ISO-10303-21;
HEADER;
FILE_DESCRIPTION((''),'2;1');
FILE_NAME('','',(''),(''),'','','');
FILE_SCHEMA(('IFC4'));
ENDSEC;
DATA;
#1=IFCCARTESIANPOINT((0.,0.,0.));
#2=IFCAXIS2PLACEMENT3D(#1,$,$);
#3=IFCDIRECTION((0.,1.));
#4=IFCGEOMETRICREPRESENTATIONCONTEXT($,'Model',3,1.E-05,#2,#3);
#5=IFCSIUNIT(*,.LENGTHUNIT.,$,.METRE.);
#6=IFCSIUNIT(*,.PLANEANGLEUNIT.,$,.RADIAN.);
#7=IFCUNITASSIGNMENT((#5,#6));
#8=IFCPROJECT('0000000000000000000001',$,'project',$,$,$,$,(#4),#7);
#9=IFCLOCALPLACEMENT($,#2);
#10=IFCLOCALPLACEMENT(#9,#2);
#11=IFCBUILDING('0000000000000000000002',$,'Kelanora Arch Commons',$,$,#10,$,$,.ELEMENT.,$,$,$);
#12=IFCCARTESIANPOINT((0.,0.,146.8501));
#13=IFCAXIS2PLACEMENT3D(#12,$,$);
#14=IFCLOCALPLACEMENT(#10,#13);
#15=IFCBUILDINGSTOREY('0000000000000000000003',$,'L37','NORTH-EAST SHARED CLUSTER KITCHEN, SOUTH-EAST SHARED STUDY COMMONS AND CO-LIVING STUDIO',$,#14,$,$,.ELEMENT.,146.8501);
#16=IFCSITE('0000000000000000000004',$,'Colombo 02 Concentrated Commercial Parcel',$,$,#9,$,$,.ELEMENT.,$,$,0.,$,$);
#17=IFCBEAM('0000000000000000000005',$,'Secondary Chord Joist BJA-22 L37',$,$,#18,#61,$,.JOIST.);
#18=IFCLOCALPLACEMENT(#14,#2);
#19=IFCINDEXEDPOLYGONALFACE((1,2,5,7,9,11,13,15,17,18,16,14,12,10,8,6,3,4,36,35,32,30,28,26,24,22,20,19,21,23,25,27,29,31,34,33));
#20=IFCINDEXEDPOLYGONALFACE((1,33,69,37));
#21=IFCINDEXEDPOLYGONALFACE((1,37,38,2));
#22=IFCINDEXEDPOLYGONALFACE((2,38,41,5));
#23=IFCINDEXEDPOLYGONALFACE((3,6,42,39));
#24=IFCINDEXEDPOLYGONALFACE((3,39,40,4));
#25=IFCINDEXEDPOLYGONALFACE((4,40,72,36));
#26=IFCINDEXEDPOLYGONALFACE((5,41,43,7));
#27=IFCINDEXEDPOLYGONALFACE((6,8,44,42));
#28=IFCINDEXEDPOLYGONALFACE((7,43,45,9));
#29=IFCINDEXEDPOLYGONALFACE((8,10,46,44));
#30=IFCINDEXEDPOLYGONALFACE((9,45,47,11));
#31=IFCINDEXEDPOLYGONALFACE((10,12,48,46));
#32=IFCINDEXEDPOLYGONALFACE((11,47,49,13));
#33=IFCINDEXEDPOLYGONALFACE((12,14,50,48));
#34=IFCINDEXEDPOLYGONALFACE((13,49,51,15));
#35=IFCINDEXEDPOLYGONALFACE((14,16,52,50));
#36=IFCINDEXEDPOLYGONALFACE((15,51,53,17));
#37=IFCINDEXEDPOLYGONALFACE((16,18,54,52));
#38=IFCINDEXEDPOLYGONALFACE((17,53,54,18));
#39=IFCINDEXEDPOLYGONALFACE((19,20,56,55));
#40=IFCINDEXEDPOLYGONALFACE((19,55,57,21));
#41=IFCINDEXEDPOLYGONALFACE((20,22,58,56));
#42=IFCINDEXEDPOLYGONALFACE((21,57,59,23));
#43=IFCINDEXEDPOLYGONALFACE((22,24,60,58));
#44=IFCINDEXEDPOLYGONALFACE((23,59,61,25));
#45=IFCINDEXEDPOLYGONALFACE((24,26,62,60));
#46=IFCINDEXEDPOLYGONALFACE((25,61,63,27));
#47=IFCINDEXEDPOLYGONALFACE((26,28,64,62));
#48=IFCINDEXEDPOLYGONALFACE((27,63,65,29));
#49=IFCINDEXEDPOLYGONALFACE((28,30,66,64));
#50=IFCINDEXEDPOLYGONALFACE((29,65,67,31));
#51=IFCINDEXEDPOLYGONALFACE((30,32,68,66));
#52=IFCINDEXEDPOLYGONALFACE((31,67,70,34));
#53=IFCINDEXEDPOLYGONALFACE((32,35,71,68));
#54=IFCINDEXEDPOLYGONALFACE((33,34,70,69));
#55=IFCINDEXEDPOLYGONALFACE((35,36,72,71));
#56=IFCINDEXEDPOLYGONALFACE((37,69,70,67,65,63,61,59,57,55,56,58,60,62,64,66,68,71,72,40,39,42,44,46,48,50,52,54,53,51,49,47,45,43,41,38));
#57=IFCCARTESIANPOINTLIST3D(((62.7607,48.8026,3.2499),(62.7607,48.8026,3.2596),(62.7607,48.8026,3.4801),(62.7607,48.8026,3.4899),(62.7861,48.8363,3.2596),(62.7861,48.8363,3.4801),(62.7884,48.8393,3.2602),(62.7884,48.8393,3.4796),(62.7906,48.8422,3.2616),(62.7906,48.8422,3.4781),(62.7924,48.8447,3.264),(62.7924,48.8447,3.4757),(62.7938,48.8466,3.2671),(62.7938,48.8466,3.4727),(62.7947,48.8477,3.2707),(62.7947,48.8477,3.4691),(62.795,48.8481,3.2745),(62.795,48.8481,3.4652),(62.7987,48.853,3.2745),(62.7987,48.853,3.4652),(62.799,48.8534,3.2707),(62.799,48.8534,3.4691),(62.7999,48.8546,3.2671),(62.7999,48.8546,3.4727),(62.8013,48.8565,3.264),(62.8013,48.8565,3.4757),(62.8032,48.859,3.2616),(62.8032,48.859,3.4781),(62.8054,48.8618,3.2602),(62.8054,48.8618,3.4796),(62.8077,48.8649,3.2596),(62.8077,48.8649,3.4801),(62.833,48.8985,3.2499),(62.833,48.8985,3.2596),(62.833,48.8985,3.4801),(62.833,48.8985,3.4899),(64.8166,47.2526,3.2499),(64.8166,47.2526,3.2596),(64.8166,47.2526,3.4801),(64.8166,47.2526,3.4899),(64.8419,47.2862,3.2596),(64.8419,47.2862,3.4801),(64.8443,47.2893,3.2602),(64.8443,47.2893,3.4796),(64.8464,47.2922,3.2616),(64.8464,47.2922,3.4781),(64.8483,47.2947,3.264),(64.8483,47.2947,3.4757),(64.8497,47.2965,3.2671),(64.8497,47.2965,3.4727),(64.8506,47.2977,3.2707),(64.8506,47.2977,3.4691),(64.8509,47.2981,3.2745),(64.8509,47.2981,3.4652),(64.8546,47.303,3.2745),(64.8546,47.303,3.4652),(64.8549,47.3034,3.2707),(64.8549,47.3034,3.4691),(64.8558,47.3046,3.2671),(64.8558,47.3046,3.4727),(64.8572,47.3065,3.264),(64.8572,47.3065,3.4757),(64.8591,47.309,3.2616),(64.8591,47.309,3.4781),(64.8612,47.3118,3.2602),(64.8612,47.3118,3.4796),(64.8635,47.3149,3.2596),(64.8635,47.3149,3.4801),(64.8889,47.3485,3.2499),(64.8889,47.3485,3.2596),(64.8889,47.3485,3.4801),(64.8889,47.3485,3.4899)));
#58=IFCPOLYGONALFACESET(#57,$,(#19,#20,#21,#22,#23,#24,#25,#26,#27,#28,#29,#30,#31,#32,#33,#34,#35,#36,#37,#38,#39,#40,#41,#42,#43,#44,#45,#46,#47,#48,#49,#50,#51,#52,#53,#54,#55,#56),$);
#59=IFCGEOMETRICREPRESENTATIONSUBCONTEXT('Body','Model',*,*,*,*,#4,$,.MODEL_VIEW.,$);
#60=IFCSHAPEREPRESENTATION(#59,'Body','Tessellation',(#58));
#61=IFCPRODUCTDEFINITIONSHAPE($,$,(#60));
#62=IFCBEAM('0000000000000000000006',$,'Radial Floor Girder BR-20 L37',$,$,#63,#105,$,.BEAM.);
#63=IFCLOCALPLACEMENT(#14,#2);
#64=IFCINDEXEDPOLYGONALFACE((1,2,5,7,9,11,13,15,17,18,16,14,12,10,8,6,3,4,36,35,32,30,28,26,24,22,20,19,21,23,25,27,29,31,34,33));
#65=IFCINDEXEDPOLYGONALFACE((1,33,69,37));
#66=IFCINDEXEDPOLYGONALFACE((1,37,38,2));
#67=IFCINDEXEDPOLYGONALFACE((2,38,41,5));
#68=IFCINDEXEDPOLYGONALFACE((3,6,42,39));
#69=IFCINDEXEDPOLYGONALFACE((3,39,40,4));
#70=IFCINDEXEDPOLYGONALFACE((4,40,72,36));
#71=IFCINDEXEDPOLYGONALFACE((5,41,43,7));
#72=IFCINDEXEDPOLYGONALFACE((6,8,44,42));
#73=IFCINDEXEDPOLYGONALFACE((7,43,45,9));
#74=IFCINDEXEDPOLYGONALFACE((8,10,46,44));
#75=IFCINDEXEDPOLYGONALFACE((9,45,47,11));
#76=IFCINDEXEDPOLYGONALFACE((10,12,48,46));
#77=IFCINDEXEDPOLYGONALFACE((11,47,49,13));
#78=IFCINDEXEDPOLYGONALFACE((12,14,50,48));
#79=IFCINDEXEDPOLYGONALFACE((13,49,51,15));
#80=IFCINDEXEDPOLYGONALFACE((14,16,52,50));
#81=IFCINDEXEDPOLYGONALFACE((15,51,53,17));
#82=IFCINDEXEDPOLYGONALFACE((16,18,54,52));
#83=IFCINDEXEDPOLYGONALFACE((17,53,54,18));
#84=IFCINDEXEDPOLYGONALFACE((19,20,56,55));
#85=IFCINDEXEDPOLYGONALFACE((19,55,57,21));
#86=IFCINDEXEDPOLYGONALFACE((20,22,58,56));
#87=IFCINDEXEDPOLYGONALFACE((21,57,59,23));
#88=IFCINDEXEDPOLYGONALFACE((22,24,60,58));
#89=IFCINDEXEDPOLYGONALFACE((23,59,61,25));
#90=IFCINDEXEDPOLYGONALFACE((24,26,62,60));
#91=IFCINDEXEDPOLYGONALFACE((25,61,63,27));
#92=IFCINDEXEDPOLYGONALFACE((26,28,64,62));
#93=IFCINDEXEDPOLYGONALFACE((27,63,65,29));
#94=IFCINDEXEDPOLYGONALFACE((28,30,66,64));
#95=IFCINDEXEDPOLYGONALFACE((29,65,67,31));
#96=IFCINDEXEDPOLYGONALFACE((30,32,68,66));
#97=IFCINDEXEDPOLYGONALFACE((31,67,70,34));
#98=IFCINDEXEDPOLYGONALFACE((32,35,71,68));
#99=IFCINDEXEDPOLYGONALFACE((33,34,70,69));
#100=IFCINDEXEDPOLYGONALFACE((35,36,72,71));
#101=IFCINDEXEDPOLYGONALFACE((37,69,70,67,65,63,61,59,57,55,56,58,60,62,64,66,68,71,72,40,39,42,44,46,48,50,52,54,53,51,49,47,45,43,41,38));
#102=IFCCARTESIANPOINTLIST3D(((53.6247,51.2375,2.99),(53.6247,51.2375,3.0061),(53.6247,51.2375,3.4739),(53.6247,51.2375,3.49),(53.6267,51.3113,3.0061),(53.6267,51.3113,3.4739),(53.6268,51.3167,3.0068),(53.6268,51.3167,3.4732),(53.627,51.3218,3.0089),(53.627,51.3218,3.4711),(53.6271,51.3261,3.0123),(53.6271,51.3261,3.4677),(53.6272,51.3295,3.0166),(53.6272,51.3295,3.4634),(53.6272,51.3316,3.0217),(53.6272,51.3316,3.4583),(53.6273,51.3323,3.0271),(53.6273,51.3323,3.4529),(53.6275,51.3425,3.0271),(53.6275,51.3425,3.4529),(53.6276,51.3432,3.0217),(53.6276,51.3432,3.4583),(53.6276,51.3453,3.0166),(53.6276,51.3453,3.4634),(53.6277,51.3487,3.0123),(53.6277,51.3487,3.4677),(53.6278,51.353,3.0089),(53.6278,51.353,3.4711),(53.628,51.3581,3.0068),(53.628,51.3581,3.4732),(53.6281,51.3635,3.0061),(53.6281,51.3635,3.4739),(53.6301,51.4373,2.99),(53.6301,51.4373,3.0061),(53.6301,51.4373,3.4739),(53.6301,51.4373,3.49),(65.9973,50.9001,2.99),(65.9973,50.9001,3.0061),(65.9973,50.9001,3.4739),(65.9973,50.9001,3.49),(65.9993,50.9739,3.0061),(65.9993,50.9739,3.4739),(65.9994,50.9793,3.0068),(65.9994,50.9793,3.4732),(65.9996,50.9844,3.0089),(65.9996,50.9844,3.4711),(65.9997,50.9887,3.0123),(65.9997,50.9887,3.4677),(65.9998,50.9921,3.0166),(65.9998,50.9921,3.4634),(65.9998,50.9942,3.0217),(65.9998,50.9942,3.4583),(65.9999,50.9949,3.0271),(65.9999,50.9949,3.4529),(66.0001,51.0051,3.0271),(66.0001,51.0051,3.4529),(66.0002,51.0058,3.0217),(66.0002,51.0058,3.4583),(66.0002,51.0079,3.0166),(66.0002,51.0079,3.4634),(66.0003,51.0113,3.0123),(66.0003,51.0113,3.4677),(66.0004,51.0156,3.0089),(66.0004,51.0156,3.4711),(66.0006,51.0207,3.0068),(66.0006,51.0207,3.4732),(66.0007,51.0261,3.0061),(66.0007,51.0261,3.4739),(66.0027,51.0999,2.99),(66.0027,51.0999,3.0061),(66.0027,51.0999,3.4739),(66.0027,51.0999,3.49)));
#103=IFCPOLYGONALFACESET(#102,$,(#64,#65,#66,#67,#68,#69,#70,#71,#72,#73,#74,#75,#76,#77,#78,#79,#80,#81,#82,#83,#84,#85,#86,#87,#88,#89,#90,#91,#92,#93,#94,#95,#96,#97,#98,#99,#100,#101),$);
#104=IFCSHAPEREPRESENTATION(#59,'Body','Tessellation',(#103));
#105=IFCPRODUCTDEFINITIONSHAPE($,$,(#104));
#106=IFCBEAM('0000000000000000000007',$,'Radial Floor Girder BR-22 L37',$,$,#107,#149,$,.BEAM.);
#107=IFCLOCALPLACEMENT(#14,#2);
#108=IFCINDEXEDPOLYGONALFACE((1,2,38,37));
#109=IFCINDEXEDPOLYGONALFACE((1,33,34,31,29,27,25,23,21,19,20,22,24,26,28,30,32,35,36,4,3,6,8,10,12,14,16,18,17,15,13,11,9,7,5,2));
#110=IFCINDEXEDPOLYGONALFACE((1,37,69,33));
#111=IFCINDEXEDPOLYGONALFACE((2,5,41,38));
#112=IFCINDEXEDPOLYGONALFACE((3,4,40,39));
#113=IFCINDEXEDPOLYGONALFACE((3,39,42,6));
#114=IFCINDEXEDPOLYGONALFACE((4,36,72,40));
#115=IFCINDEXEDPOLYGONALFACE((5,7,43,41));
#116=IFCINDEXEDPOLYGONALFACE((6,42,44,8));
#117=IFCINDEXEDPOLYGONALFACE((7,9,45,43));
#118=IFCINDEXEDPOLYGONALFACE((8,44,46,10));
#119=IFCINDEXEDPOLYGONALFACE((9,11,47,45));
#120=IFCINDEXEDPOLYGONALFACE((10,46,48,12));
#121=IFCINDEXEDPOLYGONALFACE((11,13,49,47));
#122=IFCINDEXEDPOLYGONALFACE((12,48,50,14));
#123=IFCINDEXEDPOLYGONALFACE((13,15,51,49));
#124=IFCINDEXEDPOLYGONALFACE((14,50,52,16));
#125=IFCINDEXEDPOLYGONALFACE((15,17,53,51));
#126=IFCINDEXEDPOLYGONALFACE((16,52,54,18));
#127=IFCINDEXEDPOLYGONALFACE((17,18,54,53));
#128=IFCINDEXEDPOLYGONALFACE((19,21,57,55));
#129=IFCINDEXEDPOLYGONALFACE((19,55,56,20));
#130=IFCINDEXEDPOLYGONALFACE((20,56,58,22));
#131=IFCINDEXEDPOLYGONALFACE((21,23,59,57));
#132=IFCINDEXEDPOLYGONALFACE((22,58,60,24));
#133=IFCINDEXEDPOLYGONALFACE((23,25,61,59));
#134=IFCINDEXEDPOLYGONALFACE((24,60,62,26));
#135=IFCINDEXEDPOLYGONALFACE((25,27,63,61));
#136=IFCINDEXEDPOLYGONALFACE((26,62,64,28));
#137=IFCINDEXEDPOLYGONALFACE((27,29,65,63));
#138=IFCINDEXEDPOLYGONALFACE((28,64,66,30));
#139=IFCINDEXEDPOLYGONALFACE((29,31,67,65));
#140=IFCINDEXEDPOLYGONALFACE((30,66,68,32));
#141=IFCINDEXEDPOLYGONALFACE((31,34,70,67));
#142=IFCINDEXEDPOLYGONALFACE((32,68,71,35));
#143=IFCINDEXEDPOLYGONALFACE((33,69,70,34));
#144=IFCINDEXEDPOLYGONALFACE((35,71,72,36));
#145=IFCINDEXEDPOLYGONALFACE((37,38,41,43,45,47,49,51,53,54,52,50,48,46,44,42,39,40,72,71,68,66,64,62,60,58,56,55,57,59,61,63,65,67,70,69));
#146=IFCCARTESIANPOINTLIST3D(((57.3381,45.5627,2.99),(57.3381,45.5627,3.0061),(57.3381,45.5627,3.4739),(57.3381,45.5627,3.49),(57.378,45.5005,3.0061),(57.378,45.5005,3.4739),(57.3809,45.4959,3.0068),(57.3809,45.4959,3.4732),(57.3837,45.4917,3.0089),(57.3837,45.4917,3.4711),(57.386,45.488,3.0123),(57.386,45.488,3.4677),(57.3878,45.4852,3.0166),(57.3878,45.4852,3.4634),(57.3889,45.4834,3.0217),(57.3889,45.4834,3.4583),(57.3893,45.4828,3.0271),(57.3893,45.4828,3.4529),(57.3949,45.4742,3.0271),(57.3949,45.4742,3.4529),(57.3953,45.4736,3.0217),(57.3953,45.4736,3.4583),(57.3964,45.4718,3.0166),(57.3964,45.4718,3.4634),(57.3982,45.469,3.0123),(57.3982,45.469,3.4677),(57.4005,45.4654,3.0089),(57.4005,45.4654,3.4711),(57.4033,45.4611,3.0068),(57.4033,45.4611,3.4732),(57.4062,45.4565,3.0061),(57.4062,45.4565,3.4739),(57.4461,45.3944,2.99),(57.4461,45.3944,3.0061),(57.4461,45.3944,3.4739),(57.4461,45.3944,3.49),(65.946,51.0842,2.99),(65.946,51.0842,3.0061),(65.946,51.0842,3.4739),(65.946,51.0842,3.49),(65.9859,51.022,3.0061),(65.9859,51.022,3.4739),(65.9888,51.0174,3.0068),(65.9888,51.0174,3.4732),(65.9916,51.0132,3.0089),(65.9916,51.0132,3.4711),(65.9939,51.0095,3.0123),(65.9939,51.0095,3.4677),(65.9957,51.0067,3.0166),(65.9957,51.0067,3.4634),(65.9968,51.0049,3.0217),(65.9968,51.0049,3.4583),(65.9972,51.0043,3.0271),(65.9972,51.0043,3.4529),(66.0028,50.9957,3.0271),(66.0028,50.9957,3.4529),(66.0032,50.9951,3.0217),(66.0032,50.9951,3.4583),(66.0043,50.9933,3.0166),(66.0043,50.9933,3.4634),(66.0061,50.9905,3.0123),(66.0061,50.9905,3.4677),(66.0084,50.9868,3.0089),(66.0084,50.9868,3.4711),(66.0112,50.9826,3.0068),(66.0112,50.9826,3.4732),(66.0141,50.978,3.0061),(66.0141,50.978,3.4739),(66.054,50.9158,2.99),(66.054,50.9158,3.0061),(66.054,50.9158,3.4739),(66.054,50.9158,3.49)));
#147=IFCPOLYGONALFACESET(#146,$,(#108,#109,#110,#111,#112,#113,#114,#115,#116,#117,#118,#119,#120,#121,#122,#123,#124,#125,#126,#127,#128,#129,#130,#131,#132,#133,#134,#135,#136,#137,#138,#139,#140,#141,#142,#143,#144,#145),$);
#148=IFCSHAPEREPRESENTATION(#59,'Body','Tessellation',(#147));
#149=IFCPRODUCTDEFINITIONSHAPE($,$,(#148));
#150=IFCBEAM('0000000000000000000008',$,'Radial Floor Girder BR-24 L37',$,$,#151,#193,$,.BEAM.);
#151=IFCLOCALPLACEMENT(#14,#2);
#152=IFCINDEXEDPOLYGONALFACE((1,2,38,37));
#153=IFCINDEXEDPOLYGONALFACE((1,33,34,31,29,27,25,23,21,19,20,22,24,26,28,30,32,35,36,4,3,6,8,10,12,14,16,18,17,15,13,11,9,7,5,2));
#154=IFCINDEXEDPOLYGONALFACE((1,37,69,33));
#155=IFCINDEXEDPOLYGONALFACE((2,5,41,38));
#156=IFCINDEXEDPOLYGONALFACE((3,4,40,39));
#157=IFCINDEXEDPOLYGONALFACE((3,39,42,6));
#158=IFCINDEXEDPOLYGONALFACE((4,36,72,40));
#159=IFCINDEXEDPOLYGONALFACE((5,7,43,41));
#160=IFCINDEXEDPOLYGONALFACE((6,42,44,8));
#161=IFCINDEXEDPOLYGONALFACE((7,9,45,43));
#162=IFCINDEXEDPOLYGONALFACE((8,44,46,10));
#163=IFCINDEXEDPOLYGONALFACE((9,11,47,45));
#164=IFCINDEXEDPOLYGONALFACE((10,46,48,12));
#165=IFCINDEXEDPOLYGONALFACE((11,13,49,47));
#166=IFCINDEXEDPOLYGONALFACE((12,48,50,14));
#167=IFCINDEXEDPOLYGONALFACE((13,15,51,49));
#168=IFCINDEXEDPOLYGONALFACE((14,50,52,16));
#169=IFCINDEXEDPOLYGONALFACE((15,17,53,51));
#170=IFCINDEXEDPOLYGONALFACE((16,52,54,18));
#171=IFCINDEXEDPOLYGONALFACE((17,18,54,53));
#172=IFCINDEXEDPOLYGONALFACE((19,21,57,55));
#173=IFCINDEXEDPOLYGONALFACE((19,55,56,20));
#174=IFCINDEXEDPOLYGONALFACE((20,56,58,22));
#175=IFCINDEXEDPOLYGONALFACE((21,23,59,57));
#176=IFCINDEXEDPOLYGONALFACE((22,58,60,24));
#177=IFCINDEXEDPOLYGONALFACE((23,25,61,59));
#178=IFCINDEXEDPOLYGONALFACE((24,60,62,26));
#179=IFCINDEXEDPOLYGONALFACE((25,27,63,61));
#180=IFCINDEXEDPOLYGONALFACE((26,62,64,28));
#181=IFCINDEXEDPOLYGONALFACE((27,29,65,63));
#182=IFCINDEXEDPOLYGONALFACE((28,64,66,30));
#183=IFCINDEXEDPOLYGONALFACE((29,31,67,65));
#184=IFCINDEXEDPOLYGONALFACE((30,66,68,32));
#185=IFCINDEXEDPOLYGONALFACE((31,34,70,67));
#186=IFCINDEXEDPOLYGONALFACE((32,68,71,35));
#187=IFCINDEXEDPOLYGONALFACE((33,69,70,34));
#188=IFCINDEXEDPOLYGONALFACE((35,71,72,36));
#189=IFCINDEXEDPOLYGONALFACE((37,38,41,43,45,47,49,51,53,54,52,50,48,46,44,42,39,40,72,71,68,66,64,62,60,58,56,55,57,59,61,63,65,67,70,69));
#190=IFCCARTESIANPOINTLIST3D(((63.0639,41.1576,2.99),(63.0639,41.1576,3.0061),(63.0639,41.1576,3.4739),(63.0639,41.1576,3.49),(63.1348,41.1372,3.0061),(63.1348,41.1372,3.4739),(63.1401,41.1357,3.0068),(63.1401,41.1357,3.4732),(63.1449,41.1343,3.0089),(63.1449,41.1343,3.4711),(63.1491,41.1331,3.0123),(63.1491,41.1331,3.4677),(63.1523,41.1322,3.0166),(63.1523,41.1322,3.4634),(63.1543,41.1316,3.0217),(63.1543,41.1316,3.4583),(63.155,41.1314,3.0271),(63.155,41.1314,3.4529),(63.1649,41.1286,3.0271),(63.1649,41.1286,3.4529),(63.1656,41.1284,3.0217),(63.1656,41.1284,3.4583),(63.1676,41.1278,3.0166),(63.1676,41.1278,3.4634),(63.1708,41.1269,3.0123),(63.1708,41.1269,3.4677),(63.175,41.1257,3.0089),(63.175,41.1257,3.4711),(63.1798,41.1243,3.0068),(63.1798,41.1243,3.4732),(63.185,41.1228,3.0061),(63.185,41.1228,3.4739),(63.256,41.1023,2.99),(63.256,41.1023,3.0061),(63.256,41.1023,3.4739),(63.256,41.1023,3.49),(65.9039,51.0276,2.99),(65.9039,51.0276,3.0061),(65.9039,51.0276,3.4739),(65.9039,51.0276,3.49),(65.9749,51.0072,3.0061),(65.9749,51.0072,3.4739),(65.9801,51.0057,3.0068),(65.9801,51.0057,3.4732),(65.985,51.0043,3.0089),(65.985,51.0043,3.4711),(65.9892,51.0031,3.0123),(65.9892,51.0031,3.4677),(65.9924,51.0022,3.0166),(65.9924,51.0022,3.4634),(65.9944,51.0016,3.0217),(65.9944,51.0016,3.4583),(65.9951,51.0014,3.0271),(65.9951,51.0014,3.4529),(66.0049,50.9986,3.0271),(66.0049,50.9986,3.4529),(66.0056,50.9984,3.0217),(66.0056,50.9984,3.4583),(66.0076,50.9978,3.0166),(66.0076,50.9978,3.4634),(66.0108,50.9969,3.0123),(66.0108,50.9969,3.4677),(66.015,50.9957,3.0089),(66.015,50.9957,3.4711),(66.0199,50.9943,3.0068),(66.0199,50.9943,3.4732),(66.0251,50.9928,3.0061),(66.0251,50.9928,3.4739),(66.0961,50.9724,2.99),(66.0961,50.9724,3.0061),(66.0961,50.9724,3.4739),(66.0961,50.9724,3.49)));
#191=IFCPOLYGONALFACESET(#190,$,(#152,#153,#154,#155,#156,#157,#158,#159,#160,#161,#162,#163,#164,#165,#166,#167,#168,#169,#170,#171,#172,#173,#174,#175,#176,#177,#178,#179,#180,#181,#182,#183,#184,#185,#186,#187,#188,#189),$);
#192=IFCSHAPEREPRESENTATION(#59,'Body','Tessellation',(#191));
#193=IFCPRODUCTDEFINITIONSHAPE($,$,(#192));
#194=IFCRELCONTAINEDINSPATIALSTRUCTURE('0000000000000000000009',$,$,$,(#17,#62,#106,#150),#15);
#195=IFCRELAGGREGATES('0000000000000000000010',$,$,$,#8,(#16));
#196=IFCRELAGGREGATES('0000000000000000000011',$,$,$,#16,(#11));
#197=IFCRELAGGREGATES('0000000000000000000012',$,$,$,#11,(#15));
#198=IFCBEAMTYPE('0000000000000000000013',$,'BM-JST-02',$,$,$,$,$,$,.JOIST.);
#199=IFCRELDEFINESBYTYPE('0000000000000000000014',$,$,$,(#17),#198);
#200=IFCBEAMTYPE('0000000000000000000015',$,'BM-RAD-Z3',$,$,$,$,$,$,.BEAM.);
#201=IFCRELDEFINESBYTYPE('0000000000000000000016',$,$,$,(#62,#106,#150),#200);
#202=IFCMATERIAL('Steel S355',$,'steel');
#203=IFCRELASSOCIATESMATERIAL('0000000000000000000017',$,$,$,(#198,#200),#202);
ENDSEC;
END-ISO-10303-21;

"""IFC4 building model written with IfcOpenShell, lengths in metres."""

from ifc_helpers import new_model, si_unit, direction, frame, origin, origin_2d, place, context, subcontext, project, spatial, i_section, extrude, material, material_profile, profile_set, type_object, element, save


model = new_model("IFC4")

# Units and contexts
model_context = context("Model", 3, precision=1e-05, world=origin(), true_north=direction((0.0, 1.0)))
body_context = subcontext(model_context, "Body", "Model", "MODEL_VIEW")
ifc_project = project(units=[si_unit("LENGTHUNIT", "METRE"), si_unit("PLANEANGLEUNIT", "RADIAN")], contexts=[model_context])

# Site, building, storey
site_placement = place(None, origin())
site = spatial("IfcSite", under=ifc_project, at=site_placement, Name="Colombo 02 Concentrated Commercial Parcel", CompositionType="ELEMENT", RefElevation=0.0)
building_placement = place(site_placement, origin())
building = spatial("IfcBuilding", under=site, at=building_placement, Name="Kelanora Arch Commons", CompositionType="ELEMENT")
storey_placement = place(building_placement, frame((0.0, 0.0, 146.8501)))
storey = spatial("IfcBuildingStorey", under=building, at=storey_placement, Name="L37", Description="NORTH-EAST SHARED CLUSTER KITCHEN, SOUTH-EAST SHARED STUDY COMMONS AND CO-LIVING STUDIO", CompositionType="ELEMENT", Elevation=146.8501)

# Beams
ifc_material_1 = material(Name="Steel S355", Category="steel")
ifc_material_profile_1 = material_profile(ifc_material_1, i_section(OverallWidth=0.1201, OverallDepth=0.24, WebThickness=0.0061, FlangeThickness=0.0098, FilletRadius=0.0149, at=origin_2d()), Name="IPE240")
ifc_profile_set_1 = profile_set([ifc_material_profile_1], Name="Steel S355")
beam_type_1 = type_object("IfcBeamType", Name="BM-JST-02", PredefinedType="JOIST", material=ifc_profile_set_1)
beam_1_placement = place(storey_placement, frame((62.7969, 48.8506, 3.3699), z_axis=(0.798484, -0.602016, 0.0), x_axis=(0.602016, 0.798484, 0.0)))
element("IfcBeam", 1, at=beam_1_placement, inside=storey, type_object=beam_type_1, Name="Secondary Chord Joist BJA-22 L37", PredefinedType="JOIST", context=body_context, shape_type="SweptSolid", body=[
    extrude(i_section(OverallWidth=0.1201, OverallDepth=0.24, WebThickness=0.0061, FlangeThickness=0.0098, FilletRadius=0.0149, at=origin_2d()), origin(), (0.0, 0.0, 1.0), 2.5747),
])
ifc_material_profile_2 = material_profile(ifc_material_1, i_section(OverallWidth=0.2, OverallDepth=0.5, WebThickness=0.0103, FlangeThickness=0.0161, FilletRadius=0.021, at=origin_2d()), Name="IPE500")
ifc_profile_set_2 = profile_set([ifc_material_profile_2], Name="Steel S355")
beam_type_2 = type_object("IfcBeamType", Name="BM-RAD-Z3", PredefinedType="BEAM", material=ifc_profile_set_2)
beam_2_placement = place(storey_placement, frame((66.0, 51.0, 3.24), z_axis=(-0.999628, 0.02726, 0.0), x_axis=(-0.02726, -0.999628, 0.0)))
element("IfcBeam", 2, at=beam_2_placement, inside=storey, type_object=beam_type_2, Name="Radial Floor Girder BR-20 L37", PredefinedType="BEAM", context=body_context, shape_type="SweptSolid", body=[
    extrude(i_section(OverallWidth=0.2, OverallDepth=0.5, WebThickness=0.0103, FlangeThickness=0.0161, FilletRadius=0.021, at=origin_2d()), origin(), (0.0, 0.0, 1.0), 12.3772),
])
beam_3_placement = place(storey_placement, frame((66.0, 51.0, 3.24), z_axis=(-0.841719, -0.539915, 0.0), x_axis=(0.539915, -0.841719, 0.0)))
element("IfcBeam", 3, at=beam_3_placement, inside=storey, type_object=beam_type_2, Name="Radial Floor Girder BR-22 L37", PredefinedType="BEAM", context=body_context, shape_type="SweptSolid", body=[
    extrude(i_section(OverallWidth=0.2, OverallDepth=0.5, WebThickness=0.0103, FlangeThickness=0.0161, FilletRadius=0.021, at=origin_2d()), origin(), (0.0, 0.0, 1.0), 10.2266),
])
beam_4_placement = place(storey_placement, frame((66.0, 51.0, 3.24), z_axis=(-0.276526, -0.961006, 0.0), x_axis=(0.961006, -0.276526, 0.0)))
element("IfcBeam", 4, at=beam_4_placement, inside=storey, type_object=beam_type_2, Name="Radial Floor Girder BR-24 L37", PredefinedType="BEAM", context=body_context, shape_type="SweptSolid", body=[
    extrude(i_section(OverallWidth=0.2, OverallDepth=0.5, WebThickness=0.0103, FlangeThickness=0.0161, FilletRadius=0.021, at=origin_2d()), origin(), (0.0, 0.0, 1.0), 10.2705),
])

save(model, "model.ifc")
